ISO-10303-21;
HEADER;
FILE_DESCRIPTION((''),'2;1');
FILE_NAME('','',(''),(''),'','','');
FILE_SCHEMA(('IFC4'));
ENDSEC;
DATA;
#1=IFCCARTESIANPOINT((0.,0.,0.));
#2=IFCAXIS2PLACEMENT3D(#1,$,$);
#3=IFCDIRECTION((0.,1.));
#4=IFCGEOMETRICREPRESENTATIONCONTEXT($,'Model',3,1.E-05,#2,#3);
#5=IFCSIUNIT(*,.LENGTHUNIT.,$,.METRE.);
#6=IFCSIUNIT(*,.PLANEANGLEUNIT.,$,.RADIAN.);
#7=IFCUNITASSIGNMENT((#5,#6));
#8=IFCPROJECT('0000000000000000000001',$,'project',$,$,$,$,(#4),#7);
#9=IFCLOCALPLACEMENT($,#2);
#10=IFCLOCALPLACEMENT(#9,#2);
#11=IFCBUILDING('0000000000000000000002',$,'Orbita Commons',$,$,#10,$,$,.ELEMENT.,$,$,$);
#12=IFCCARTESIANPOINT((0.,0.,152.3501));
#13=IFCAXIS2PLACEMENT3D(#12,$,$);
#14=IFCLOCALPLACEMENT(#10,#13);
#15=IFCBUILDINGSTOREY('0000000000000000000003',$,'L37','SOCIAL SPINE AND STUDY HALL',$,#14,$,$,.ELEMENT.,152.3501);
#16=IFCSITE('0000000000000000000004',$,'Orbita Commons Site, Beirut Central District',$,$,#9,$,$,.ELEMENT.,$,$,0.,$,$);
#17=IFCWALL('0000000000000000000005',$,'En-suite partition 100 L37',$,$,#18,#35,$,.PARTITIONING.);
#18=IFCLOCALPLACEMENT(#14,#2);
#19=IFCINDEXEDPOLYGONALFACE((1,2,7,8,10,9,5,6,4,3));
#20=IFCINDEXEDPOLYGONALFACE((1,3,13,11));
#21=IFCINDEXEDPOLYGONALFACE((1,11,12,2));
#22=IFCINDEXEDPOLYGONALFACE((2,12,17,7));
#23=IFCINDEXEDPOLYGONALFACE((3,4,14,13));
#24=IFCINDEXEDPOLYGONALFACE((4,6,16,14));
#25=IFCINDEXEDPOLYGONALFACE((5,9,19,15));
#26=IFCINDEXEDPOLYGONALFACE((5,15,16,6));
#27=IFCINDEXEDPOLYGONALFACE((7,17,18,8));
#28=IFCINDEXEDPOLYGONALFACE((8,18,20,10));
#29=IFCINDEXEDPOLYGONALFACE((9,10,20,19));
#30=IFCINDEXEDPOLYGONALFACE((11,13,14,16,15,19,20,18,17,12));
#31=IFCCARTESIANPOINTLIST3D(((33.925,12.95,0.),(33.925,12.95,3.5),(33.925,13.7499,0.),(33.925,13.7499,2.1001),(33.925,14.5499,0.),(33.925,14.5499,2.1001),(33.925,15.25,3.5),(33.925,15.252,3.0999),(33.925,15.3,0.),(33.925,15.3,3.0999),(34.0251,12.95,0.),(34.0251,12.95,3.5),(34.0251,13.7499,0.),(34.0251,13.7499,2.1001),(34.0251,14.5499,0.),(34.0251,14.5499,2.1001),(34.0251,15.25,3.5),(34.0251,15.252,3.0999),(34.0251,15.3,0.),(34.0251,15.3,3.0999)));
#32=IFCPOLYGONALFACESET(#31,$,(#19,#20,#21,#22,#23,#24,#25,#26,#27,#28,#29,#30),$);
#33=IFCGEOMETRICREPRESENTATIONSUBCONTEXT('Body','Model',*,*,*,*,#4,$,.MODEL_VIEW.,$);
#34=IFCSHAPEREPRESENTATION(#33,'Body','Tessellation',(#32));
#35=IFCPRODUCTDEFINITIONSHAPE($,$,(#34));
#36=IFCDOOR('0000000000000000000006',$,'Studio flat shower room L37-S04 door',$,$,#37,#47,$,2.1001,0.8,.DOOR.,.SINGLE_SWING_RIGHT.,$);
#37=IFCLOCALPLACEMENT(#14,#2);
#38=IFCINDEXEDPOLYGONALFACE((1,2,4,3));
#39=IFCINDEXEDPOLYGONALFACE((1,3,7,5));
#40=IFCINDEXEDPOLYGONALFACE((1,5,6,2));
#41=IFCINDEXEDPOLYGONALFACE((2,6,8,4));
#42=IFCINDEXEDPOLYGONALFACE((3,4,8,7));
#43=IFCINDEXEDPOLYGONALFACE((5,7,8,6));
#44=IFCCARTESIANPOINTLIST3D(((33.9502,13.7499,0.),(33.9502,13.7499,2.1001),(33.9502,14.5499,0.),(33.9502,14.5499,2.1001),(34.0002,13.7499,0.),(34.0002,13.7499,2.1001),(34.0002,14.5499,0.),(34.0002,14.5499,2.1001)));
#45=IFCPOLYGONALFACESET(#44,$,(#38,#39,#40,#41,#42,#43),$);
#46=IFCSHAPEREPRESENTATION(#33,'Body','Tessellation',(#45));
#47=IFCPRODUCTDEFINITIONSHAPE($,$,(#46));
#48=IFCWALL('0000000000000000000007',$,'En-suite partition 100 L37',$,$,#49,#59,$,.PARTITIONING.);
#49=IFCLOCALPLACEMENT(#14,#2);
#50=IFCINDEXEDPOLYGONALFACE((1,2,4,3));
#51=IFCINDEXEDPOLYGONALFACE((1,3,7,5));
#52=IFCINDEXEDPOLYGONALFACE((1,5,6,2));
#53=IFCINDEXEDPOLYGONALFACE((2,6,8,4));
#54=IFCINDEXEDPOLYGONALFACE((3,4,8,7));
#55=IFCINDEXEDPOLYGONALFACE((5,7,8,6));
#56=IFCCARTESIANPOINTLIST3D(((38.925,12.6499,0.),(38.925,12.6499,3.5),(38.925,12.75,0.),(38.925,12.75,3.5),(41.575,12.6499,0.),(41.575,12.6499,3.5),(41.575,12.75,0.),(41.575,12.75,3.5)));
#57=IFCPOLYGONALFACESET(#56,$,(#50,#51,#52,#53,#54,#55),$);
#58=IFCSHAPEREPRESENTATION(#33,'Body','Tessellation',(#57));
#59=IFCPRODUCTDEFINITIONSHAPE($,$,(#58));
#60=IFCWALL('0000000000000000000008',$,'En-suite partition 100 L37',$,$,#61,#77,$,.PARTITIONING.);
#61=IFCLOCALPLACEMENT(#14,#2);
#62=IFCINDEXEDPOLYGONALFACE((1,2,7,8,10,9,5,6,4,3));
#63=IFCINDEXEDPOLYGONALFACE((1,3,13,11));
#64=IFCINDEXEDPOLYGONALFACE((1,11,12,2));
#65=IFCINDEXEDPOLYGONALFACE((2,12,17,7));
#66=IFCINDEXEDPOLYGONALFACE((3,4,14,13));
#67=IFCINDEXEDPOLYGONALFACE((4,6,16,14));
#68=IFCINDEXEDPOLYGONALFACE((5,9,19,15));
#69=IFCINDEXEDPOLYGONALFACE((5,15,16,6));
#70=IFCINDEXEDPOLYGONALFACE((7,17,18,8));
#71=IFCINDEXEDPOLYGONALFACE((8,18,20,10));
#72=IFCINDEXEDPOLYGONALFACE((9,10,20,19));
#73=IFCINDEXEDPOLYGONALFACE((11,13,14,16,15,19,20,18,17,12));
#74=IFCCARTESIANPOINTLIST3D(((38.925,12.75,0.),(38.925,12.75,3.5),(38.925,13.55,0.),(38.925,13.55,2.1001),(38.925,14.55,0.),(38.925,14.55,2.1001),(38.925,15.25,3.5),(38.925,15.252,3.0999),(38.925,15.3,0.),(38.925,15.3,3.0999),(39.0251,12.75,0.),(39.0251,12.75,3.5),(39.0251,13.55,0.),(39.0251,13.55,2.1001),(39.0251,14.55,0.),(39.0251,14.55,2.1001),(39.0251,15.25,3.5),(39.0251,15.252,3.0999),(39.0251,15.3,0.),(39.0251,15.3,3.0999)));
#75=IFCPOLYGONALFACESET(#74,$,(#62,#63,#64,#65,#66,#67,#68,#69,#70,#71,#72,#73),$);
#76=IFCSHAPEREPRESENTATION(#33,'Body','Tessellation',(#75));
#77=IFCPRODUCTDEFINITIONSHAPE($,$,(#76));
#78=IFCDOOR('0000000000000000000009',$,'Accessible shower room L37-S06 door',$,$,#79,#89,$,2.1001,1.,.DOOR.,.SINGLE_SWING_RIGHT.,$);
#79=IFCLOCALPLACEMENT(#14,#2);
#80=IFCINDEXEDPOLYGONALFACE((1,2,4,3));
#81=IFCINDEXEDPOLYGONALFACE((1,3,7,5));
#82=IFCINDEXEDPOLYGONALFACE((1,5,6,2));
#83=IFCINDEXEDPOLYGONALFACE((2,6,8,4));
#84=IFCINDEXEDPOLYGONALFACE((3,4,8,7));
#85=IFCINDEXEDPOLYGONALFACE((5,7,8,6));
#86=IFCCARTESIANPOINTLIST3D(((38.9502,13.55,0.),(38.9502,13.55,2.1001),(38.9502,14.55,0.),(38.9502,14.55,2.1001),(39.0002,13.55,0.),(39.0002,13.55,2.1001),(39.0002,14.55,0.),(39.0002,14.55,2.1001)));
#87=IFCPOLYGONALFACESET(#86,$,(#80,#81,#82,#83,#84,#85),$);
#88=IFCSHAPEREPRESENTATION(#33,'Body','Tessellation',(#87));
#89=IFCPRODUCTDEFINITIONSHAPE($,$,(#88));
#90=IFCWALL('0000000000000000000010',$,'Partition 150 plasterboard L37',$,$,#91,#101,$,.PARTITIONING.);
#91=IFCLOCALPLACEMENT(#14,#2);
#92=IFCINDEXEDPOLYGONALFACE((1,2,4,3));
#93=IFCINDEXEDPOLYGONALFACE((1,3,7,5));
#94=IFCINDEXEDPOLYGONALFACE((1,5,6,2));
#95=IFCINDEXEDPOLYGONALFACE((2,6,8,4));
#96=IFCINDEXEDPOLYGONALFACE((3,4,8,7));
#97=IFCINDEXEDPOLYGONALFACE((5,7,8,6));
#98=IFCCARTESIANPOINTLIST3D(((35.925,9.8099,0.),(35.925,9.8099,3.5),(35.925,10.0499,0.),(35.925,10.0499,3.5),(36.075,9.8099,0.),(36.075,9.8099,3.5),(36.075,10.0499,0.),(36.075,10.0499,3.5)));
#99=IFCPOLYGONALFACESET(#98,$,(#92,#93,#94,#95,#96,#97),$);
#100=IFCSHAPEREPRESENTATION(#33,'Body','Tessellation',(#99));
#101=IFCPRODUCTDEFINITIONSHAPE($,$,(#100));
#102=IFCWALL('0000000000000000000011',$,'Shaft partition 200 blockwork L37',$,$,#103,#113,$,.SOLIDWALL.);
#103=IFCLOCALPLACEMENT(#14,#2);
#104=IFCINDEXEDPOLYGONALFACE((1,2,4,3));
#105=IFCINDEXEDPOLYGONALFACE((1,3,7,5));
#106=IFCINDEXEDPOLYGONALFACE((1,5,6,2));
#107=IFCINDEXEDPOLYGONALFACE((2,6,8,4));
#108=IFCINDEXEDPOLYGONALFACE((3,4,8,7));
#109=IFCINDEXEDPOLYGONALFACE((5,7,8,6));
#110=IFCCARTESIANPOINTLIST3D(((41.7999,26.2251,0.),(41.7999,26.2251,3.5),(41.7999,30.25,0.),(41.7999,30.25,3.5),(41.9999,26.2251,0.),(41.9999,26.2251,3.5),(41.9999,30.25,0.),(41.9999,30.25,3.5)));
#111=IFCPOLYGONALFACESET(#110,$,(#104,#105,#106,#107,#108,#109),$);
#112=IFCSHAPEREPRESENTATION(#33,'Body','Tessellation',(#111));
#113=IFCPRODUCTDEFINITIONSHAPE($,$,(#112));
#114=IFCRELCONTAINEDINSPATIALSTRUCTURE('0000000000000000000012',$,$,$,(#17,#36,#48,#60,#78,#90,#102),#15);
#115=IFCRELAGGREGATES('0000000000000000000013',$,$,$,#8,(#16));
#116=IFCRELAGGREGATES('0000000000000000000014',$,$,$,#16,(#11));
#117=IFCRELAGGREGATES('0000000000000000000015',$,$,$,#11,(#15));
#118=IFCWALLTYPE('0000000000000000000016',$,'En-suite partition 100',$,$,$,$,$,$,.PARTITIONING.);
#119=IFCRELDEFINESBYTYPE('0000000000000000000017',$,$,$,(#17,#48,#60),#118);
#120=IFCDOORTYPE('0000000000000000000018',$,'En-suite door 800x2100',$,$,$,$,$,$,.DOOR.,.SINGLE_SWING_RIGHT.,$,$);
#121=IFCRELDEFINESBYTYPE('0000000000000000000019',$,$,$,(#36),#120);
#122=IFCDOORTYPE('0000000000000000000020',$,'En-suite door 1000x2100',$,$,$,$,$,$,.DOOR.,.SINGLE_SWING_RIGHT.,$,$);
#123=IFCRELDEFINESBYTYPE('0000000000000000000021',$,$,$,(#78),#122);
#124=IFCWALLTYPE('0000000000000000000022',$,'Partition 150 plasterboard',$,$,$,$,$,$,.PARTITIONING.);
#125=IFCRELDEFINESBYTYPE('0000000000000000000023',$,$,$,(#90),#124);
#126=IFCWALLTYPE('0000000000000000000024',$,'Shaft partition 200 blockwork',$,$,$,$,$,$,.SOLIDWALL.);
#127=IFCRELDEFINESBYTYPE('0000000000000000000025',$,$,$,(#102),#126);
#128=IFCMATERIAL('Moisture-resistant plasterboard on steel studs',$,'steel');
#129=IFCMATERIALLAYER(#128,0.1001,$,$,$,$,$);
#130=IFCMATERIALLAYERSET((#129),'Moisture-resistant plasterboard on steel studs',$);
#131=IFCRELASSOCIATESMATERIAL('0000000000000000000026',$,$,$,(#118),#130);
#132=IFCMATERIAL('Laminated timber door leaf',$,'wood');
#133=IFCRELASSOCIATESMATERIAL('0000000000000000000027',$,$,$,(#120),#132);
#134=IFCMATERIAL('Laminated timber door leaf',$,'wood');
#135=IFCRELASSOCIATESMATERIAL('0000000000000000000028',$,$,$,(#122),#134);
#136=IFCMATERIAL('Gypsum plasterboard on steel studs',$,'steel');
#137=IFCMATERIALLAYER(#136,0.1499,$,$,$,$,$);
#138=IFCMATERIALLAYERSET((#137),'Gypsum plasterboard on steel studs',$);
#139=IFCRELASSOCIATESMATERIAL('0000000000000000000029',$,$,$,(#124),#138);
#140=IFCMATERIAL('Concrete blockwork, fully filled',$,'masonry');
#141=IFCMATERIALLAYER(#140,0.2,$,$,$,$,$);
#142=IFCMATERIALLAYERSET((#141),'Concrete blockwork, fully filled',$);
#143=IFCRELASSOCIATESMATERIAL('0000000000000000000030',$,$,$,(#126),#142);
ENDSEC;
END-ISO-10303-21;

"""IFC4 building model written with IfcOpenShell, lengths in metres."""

from ifc_helpers import new_model, si_unit, direction, frame, frame_2d, origin, place, context, subcontext, project, spatial, polyline, rectangle, outline, extrude, material, layer, layer_set, type_object, element, fill, save


model = new_model("IFC4")

# Units and contexts
model_context = context("Model", 3, precision=1e-05, world=origin(), true_north=direction((0.0, 1.0)))
body_context = subcontext(model_context, "Body", "Model", "MODEL_VIEW")
ifc_project = project(units=[si_unit("LENGTHUNIT", "METRE"), si_unit("PLANEANGLEUNIT", "RADIAN")], contexts=[model_context])

# Site, building, storey
site_placement = place(None, origin())
site = spatial("IfcSite", under=ifc_project, at=site_placement, Name="Orbita Commons Site, Beirut Central District", CompositionType="ELEMENT", RefElevation=0.0)
building_placement = place(site_placement, origin())
building = spatial("IfcBuilding", under=site, at=building_placement, Name="Orbita Commons", CompositionType="ELEMENT")
storey_placement = place(building_placement, frame((0.0, 0.0, 152.3501)))
storey = spatial("IfcBuildingStorey", under=building, at=storey_placement, Name="L37", Description="SOCIAL SPINE AND STUDY HALL", CompositionType="ELEMENT", Elevation=152.3501)

# Wall, opening, door
ifc_material_1 = material(Name="Moisture-resistant plasterboard on steel studs", Category="steel")
ifc_layer_1 = layer(ifc_material_1, 0.1001)
ifc_layer_set_1 = layer_set([ifc_layer_1], Name="Moisture-resistant plasterboard on steel studs")
wall_type_1 = type_object("IfcWallType", Name="En-suite partition 100", PredefinedType="PARTITIONING", material=ifc_layer_set_1)
ifc_material_2 = material(Name="Laminated timber door leaf", Category="wood")
door_type_1 = type_object("IfcDoorType", Name="En-suite door 800x2100", OperationType="SINGLE_SWING_RIGHT", PredefinedType="DOOR", material=ifc_material_2)
wall_1_placement = place(storey_placement, frame((33.9751, 12.95, 0.0), z_axis=(0.0, 0.0, 1.0), x_axis=(0.0, 1.0, 0.0)))
wall_1 = element("IfcWall", 1, at=wall_1_placement, inside=storey, type_object=wall_type_1, Name="En-suite partition 100 L37", PredefinedType="PARTITIONING", context=body_context, shape_type="SweptSolid", body=[
    extrude(outline(polyline([(0.0, 0.0), (2.3501, 0.0), (2.3501, 3.0999), (2.302, 3.0999), (2.3, 3.5), (0.0, 3.5), (0.0, 0.0)])), frame((0.0, 0.05, 0.0), z_axis=(0.0, -1.0, 0.0), x_axis=(1.0, 0.0, 0.0)), (0.0, 0.0, 1.0), 0.1001),
])
opening_1_placement = place(wall_1_placement, frame((0.8, 0.0, 0.0)))
opening_1 = element("IfcOpeningElement", 2, at=opening_1_placement, cuts=wall_1, PredefinedType="OPENING", context=body_context, shape_type="SweptSolid", body=[
    extrude(rectangle(XDim=0.8, YDim=2.1001, at=frame_2d((0.3999, 1.05))), frame((0.0, 0.0601, 0.0), z_axis=(0.0, -1.0, 0.0), x_axis=(1.0, 0.0, 0.0)), (0.0, 0.0, 1.0), 0.1201),
])
door_1_placement = place(opening_1_placement, origin())
door_1 = element("IfcDoor", 3, at=door_1_placement, inside=storey, type_object=door_type_1, Name="Studio flat shower room L37-S04 door", OperationType="SINGLE_SWING_RIGHT", OverallHeight=2.1001, OverallWidth=0.8, PredefinedType="DOOR", context=body_context, shape_type="SweptSolid", body=[
    extrude(rectangle(XDim=0.8, YDim=2.1001, at=frame_2d((0.3999, 1.05))), frame((0.0, 0.0249, 0.0), z_axis=(0.0, -1.0, 0.0), x_axis=(1.0, 0.0, 0.0)), (0.0, 0.0, 1.0), 0.05),
])
fill(opening_1, door_1)

# Wall
wall_2_placement = place(storey_placement, frame((38.925, 12.7, 0.0), z_axis=(0.0, 0.0, 1.0), x_axis=(1.0, 0.0, 0.0)))
element("IfcWall", 4, at=wall_2_placement, inside=storey, type_object=wall_type_1, Name="En-suite partition 100 L37", PredefinedType="PARTITIONING", context=body_context, shape_type="SweptSolid", body=[
    extrude(rectangle(XDim=2.6499, YDim=0.1001, at=frame_2d((1.325, 0.0))), origin(), (0.0, 0.0, 1.0), 3.5),
])

# Wall, opening, door
wall_3_placement = place(storey_placement, frame((38.9751, 12.75, 0.0), z_axis=(0.0, 0.0, 1.0), x_axis=(0.0, 1.0, 0.0)))
wall_3 = element("IfcWall", 5, at=wall_3_placement, inside=storey, type_object=wall_type_1, Name="En-suite partition 100 L37", PredefinedType="PARTITIONING", context=body_context, shape_type="SweptSolid", body=[
    extrude(outline(polyline([(0.0, 0.0), (2.55, 0.0), (2.55, 3.0999), (2.502, 3.0999), (2.5, 3.5), (0.0, 3.5), (0.0, 0.0)])), frame((0.0, 0.05, 0.0), z_axis=(0.0, -1.0, 0.0), x_axis=(1.0, 0.0, 0.0)), (0.0, 0.0, 1.0), 0.1001),
])
opening_2_placement = place(wall_3_placement, frame((0.8, 0.0, 0.0)))
opening_2 = element("IfcOpeningElement", 6, at=opening_2_placement, cuts=wall_3, PredefinedType="OPENING", context=body_context, shape_type="SweptSolid", body=[
    extrude(rectangle(XDim=1.0, YDim=2.1001, at=frame_2d((0.5, 1.05))), frame((0.0, 0.0601, 0.0), z_axis=(0.0, -1.0, 0.0), x_axis=(1.0, 0.0, 0.0)), (0.0, 0.0, 1.0), 0.1201),
])
ifc_material_3 = material(Name="Laminated timber door leaf", Category="wood")
door_type_2 = type_object("IfcDoorType", Name="En-suite door 1000x2100", OperationType="SINGLE_SWING_RIGHT", PredefinedType="DOOR", material=ifc_material_3)
door_2_placement = place(opening_2_placement, origin())
door_2 = element("IfcDoor", 7, at=door_2_placement, inside=storey, type_object=door_type_2, Name="Accessible shower room L37-S06 door", OperationType="SINGLE_SWING_RIGHT", OverallHeight=2.1001, OverallWidth=1.0, PredefinedType="DOOR", context=body_context, shape_type="SweptSolid", body=[
    extrude(rectangle(XDim=1.0, YDim=2.1001, at=frame_2d((0.5, 1.05))), frame((0.0, 0.0249, 0.0), z_axis=(0.0, -1.0, 0.0), x_axis=(1.0, 0.0, 0.0)), (0.0, 0.0, 1.0), 0.05),
])
fill(opening_2, door_2)

# Walls
ifc_material_4 = material(Name="Gypsum plasterboard on steel studs", Category="steel")
ifc_layer_2 = layer(ifc_material_4, 0.1499)
ifc_layer_set_2 = layer_set([ifc_layer_2], Name="Gypsum plasterboard on steel studs")
wall_type_2 = type_object("IfcWallType", Name="Partition 150 plasterboard", PredefinedType="PARTITIONING", material=ifc_layer_set_2)
wall_4_placement = place(storey_placement, frame((36.0, 10.05, 0.0), z_axis=(0.0, 0.0, 1.0), x_axis=(0.0, -1.0, 0.0)))
element("IfcWall", 8, at=wall_4_placement, inside=storey, type_object=wall_type_2, Name="Partition 150 plasterboard L37", PredefinedType="PARTITIONING", context=body_context, shape_type="SweptSolid", body=[
    extrude(rectangle(XDim=0.24, YDim=0.1499, at=frame_2d((0.1201, 0.0))), origin(), (0.0, 0.0, 1.0), 3.5),
])
ifc_material_5 = material(Name="Concrete blockwork, fully filled", Category="masonry")
ifc_layer_3 = layer(ifc_material_5, 0.2)
ifc_layer_set_3 = layer_set([ifc_layer_3], Name="Concrete blockwork, fully filled")
wall_type_3 = type_object("IfcWallType", Name="Shaft partition 200 blockwork", PredefinedType="SOLIDWALL", material=ifc_layer_set_3)
wall_5_placement = place(storey_placement, frame((41.8999, 26.2251, 0.0), z_axis=(0.0, 0.0, 1.0), x_axis=(0.0, 1.0, 0.0)))
element("IfcWall", 9, at=wall_5_placement, inside=storey, type_object=wall_type_3, Name="Shaft partition 200 blockwork L37", PredefinedType="SOLIDWALL", context=body_context, shape_type="SweptSolid", body=[
    extrude(rectangle(XDim=4.0249, YDim=0.2, at=frame_2d((2.0125, 0.0))), origin(), (0.0, 0.0, 1.0), 3.5),
])

save(model, "model.ifc")
